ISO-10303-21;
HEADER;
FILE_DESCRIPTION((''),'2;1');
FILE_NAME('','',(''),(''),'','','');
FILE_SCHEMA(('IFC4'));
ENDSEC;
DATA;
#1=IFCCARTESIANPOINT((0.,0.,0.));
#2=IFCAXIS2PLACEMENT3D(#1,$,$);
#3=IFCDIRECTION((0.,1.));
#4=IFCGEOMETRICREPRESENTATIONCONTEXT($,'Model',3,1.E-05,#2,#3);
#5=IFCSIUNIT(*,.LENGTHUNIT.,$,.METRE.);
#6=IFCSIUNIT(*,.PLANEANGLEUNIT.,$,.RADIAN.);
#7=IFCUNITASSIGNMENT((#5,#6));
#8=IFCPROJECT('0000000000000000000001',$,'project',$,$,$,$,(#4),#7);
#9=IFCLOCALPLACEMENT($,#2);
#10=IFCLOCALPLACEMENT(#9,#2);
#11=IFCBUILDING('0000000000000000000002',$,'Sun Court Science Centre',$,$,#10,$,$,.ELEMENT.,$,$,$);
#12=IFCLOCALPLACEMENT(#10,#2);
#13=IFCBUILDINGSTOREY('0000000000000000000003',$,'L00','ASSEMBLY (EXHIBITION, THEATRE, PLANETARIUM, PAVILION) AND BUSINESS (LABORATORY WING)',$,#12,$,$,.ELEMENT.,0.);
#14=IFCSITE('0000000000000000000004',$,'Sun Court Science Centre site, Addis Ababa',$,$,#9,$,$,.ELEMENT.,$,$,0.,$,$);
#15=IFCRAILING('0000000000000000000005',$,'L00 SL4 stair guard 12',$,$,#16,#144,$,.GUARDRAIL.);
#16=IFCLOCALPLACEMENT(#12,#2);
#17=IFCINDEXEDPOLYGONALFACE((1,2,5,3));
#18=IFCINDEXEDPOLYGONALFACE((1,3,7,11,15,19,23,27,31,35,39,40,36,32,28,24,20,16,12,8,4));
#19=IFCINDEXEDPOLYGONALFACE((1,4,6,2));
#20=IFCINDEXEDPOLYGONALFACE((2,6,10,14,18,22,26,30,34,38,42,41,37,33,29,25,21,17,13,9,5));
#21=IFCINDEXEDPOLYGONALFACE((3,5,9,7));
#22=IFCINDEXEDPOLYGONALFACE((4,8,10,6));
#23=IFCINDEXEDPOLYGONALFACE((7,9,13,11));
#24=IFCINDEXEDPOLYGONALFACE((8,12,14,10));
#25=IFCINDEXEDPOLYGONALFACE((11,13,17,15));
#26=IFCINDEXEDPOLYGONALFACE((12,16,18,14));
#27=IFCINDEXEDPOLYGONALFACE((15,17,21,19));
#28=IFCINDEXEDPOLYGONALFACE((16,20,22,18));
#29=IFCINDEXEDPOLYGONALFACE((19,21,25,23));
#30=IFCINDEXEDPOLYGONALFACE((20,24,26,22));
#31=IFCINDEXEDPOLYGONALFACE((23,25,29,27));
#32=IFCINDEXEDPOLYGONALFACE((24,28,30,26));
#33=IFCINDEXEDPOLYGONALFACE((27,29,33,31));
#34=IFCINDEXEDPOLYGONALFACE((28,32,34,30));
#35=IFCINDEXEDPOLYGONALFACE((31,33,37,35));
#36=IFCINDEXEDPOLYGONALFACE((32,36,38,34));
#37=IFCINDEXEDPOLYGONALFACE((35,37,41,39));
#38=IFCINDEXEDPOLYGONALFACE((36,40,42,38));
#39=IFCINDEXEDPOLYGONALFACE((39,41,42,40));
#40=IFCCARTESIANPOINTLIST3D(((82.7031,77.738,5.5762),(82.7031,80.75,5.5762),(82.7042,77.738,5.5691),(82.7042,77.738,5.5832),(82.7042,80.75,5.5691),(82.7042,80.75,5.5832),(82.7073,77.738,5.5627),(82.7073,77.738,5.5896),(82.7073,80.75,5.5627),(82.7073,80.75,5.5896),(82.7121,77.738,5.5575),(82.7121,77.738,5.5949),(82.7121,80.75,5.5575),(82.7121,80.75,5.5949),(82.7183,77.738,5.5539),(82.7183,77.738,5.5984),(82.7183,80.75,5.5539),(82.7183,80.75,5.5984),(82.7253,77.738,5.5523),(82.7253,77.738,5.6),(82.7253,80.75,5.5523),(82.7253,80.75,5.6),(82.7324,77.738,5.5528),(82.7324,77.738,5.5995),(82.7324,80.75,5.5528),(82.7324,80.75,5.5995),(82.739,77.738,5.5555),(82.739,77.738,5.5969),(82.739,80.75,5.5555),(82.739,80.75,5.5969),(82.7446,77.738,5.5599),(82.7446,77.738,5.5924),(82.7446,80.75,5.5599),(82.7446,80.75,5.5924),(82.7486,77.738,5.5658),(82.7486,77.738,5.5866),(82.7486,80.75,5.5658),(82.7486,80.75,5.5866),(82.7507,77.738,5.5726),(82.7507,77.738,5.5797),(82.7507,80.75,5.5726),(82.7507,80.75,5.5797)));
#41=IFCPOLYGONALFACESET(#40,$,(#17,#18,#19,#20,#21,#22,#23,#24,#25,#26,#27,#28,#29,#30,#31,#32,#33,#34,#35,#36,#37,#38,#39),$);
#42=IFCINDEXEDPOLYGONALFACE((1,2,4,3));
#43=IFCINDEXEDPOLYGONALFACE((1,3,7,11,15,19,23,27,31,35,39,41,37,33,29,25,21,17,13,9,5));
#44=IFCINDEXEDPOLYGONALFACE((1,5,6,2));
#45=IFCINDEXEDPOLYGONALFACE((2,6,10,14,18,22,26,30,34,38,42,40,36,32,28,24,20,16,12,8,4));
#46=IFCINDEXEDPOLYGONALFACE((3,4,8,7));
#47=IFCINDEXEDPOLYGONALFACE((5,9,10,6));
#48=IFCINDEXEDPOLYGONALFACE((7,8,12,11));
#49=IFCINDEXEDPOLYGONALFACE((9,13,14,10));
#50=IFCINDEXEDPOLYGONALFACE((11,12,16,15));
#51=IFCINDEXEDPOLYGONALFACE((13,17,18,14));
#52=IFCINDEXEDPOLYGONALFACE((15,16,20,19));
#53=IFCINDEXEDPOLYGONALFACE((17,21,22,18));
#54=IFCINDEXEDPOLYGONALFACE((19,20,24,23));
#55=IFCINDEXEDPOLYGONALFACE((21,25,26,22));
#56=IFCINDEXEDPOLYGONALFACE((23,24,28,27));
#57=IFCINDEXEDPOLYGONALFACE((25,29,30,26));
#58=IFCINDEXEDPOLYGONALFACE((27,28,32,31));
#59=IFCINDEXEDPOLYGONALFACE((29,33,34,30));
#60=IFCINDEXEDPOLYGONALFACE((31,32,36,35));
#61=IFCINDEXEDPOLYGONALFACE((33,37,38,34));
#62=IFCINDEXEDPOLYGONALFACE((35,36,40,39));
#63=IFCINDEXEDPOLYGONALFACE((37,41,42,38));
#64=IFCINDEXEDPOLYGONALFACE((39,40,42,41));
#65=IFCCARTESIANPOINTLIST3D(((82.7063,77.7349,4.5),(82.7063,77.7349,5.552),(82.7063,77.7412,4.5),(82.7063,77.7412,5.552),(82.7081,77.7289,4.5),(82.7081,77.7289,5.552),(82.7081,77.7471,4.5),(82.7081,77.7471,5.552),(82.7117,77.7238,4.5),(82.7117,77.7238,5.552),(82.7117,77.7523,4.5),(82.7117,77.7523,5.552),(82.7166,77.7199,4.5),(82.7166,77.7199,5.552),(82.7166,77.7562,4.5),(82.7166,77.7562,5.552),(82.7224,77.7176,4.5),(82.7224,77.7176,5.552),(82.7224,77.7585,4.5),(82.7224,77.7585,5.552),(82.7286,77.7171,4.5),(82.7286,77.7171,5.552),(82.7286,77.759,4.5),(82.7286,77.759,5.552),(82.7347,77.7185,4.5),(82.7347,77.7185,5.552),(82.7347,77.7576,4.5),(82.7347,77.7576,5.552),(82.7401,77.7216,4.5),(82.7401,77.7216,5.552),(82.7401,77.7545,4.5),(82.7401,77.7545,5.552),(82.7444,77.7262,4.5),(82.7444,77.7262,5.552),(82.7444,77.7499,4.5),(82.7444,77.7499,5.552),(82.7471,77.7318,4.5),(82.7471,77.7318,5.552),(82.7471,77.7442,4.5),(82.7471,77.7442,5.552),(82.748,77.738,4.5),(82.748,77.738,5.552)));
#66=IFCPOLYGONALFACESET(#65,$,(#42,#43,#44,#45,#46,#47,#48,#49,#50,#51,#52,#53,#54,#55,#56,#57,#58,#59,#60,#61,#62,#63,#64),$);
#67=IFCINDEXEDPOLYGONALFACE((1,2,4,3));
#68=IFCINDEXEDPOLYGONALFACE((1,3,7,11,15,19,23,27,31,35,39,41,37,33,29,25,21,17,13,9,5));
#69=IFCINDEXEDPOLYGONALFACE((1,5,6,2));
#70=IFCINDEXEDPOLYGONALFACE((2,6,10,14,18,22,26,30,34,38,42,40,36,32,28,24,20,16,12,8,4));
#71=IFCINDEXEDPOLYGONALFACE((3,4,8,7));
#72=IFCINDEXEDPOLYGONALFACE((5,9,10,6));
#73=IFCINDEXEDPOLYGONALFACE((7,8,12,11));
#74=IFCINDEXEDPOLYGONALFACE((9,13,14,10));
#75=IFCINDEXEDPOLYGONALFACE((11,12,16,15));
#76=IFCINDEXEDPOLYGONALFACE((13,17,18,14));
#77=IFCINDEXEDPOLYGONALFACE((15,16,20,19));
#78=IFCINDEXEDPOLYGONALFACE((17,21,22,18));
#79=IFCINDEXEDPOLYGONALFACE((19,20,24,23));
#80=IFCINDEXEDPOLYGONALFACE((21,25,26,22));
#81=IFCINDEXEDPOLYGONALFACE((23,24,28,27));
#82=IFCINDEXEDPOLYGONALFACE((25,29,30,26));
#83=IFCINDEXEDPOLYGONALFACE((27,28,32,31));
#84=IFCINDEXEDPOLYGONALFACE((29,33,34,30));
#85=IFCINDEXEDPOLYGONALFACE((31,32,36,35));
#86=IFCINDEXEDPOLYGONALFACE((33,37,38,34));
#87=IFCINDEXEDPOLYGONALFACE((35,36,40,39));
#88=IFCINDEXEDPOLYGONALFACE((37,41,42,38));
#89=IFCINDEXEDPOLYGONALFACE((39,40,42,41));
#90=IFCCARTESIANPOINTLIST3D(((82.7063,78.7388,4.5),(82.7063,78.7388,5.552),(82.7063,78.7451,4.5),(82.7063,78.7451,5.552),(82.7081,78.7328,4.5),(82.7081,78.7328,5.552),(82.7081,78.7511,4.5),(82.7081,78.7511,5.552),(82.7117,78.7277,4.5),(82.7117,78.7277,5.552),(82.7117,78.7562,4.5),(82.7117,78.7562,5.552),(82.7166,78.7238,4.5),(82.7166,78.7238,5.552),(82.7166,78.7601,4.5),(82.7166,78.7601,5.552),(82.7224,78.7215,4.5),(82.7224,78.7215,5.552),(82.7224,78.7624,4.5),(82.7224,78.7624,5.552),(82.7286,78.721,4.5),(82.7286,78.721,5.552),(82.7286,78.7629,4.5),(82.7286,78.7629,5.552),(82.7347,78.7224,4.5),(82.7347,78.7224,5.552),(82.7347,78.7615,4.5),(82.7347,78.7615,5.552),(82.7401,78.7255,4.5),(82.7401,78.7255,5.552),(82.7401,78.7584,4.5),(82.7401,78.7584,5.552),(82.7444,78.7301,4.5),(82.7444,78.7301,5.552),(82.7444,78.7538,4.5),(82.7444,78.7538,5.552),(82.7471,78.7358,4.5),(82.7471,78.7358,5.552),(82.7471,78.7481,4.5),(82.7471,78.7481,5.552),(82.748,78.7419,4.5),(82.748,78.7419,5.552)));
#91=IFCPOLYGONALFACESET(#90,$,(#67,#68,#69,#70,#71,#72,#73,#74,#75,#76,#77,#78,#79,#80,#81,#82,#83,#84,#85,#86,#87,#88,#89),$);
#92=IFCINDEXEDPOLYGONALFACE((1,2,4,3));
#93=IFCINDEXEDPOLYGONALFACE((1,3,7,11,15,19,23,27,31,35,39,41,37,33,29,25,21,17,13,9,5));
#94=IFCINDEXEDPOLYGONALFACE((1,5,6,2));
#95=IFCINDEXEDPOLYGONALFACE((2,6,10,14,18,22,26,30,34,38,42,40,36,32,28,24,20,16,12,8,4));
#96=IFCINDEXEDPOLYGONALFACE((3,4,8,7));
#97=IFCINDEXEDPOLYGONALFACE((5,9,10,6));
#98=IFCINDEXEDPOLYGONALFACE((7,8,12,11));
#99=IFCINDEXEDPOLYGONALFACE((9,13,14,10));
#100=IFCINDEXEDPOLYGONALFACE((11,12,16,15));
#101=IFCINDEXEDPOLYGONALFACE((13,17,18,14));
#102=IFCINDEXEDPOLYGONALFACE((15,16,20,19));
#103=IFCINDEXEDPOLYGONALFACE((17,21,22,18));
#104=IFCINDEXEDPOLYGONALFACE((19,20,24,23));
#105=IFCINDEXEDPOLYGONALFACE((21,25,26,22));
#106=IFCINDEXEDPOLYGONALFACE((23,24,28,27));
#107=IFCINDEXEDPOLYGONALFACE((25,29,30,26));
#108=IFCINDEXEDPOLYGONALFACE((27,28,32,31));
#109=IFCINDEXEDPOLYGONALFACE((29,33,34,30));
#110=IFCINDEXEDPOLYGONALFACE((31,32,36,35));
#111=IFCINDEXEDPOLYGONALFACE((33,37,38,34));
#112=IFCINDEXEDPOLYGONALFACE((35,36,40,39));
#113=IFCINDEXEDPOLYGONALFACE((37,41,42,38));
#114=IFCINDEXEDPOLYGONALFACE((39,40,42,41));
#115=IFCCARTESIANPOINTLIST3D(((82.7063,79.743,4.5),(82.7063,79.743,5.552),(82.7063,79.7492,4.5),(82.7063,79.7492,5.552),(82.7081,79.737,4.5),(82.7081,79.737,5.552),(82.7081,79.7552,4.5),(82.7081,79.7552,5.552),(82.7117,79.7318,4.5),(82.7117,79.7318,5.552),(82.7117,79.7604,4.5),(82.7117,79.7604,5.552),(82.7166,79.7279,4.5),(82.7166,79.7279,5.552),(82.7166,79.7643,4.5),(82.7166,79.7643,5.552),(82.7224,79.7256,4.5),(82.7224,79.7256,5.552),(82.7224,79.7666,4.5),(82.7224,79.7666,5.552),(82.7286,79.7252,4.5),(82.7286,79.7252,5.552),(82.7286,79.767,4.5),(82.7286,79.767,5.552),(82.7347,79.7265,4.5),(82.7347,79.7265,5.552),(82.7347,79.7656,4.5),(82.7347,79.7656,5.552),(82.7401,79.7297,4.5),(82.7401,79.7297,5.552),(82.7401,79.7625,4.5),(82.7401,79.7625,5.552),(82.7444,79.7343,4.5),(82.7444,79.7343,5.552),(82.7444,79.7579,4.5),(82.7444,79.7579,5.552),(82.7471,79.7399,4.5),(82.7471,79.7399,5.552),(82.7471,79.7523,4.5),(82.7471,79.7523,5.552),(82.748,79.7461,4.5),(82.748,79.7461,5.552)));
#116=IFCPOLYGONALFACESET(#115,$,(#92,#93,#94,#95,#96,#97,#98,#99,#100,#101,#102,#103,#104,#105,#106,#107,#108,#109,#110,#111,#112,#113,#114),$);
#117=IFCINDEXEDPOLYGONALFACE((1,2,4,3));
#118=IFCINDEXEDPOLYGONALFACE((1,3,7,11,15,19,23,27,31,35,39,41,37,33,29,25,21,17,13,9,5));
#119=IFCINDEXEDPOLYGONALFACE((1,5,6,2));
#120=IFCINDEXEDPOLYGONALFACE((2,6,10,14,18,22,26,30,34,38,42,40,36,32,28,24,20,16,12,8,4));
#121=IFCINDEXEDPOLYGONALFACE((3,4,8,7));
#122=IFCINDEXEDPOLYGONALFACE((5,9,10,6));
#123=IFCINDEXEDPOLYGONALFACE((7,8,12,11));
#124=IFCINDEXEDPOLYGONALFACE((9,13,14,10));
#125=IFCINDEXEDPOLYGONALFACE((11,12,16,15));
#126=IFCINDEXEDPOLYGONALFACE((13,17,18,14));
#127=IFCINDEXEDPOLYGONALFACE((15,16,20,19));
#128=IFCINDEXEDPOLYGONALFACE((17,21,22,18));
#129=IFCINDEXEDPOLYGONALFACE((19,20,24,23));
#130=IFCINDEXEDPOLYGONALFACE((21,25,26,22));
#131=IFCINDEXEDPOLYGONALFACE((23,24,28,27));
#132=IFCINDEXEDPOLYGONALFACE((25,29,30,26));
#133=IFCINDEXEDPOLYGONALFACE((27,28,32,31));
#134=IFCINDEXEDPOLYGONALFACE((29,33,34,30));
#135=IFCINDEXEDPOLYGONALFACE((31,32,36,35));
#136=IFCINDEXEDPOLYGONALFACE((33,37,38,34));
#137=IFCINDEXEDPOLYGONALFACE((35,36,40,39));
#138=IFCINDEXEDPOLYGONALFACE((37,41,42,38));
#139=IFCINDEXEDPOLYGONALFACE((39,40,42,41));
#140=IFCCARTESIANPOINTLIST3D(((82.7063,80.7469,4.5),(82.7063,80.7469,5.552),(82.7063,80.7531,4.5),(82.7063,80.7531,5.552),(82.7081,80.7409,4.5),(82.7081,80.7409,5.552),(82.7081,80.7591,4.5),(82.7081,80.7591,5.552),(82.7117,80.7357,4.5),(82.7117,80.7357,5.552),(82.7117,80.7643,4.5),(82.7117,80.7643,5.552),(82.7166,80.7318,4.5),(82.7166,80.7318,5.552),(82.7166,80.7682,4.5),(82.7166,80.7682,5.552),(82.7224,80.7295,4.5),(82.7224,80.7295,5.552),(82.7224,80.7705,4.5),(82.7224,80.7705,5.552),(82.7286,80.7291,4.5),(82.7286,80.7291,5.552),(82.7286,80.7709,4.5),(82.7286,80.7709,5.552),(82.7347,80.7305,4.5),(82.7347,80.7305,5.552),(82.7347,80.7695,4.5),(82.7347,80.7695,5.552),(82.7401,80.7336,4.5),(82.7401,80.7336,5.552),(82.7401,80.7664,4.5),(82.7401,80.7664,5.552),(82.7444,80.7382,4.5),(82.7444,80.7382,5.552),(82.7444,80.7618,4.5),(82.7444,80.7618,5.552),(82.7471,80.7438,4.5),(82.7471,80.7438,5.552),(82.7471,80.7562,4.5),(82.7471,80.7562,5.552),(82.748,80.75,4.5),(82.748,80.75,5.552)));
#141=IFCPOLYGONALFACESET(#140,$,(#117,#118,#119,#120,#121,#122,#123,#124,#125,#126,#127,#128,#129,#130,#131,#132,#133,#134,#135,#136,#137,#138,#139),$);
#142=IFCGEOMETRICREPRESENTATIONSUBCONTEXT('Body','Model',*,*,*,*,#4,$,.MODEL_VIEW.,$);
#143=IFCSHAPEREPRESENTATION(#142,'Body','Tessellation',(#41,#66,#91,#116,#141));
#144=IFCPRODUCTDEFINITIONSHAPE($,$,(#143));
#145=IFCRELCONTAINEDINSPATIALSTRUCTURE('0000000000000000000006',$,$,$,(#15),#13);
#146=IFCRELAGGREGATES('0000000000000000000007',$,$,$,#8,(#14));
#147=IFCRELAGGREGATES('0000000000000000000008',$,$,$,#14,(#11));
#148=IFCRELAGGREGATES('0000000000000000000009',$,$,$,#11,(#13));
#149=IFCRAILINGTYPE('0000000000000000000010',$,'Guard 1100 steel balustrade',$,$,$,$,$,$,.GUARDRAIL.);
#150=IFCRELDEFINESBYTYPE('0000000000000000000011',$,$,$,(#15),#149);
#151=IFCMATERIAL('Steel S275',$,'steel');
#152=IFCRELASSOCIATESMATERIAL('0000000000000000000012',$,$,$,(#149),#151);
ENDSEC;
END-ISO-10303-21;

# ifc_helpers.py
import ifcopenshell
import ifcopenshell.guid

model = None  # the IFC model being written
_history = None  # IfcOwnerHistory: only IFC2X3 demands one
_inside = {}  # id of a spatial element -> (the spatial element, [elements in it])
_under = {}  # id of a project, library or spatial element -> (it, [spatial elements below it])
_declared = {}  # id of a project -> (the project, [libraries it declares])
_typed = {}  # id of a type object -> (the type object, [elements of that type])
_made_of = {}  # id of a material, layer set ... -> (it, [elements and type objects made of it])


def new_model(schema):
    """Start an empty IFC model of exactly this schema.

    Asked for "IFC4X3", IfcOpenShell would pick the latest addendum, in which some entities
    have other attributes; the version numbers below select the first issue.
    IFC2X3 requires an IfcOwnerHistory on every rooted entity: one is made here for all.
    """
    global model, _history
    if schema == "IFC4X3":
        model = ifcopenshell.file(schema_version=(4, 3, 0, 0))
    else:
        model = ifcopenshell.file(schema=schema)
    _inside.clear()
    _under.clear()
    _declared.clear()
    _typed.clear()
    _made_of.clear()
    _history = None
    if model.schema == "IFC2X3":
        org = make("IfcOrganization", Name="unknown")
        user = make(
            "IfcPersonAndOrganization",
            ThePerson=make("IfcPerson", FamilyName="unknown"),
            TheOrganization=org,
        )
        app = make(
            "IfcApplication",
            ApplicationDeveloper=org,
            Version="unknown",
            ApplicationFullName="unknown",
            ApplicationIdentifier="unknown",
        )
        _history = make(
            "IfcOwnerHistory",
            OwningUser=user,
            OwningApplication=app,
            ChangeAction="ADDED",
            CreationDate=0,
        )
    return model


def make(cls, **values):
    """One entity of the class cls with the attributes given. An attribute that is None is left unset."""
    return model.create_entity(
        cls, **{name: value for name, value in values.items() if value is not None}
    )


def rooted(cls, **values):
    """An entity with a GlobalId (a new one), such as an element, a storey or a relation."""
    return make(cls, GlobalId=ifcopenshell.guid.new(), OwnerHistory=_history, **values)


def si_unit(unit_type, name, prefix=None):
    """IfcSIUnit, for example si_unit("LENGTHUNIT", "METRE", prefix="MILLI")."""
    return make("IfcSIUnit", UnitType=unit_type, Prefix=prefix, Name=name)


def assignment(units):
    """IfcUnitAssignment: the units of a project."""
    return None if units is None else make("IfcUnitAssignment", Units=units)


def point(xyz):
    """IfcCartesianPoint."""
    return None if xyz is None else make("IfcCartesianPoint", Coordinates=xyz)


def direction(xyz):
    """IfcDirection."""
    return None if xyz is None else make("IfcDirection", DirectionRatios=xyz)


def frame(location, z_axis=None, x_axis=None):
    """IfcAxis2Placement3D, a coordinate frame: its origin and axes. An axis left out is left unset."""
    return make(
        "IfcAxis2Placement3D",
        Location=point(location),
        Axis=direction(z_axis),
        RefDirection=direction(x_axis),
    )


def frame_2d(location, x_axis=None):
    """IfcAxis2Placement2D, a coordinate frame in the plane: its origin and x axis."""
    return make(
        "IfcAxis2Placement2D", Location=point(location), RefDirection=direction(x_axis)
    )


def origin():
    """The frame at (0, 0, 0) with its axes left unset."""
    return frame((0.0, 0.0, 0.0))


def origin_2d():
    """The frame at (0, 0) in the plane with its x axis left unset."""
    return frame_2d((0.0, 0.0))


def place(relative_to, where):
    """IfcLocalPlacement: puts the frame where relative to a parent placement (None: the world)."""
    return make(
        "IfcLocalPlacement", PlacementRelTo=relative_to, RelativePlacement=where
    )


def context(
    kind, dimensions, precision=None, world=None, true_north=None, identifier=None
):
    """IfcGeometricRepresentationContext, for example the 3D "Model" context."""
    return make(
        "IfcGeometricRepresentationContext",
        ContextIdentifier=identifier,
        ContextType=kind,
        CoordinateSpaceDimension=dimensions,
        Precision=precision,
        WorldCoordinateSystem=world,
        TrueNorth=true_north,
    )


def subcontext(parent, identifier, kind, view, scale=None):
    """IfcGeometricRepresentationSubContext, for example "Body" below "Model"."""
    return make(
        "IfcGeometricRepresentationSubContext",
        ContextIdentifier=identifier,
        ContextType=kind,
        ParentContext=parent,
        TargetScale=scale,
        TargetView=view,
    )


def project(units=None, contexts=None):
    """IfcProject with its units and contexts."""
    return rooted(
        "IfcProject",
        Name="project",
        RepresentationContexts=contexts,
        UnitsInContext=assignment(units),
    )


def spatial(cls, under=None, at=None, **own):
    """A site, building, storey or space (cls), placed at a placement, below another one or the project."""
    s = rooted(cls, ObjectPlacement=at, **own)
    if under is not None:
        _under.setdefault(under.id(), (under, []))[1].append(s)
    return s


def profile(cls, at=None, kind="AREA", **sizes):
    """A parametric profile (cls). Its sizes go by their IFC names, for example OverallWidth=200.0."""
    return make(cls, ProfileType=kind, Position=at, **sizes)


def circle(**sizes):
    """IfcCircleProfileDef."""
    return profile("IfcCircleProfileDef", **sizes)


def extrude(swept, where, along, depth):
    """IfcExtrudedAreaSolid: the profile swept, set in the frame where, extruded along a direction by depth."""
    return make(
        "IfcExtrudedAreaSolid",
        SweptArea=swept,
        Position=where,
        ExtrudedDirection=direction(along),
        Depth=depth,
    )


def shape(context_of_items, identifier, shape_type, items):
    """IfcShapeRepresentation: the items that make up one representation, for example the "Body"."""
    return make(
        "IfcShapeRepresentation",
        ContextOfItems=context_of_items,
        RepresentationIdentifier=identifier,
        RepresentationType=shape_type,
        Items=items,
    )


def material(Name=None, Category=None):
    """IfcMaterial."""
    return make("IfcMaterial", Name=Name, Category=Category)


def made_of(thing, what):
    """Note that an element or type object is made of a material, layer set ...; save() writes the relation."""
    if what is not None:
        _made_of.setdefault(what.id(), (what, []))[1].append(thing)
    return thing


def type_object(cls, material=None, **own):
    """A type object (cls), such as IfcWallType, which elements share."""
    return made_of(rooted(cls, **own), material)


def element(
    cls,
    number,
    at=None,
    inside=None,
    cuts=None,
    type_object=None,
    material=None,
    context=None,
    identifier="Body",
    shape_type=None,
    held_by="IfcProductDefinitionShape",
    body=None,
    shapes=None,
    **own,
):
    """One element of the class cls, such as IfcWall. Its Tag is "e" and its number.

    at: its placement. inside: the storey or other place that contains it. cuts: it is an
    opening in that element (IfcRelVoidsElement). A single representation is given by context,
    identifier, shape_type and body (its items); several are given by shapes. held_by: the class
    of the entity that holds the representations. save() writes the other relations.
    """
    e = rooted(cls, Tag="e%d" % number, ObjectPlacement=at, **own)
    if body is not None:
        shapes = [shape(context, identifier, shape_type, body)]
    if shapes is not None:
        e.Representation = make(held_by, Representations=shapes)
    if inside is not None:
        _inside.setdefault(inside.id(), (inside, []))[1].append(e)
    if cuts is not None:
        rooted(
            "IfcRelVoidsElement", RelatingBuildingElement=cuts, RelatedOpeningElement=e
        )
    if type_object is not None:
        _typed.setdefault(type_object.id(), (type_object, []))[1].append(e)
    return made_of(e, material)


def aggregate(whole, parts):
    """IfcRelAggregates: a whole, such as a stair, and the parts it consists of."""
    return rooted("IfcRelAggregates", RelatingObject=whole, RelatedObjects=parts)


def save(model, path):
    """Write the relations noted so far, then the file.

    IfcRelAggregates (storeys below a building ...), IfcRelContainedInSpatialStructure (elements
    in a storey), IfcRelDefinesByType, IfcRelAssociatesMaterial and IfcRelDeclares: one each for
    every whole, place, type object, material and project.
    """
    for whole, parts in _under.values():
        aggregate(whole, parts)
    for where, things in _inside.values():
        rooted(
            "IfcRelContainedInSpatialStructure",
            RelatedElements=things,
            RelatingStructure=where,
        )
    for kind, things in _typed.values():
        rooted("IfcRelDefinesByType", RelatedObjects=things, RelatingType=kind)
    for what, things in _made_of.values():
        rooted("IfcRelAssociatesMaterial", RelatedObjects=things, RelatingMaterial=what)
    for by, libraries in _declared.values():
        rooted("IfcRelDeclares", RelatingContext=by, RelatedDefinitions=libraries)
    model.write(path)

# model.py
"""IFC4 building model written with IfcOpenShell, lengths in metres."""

from ifc_helpers import new_model, si_unit, direction, frame, origin, origin_2d, place, context, subcontext, project, spatial, circle, extrude, material, type_object, element, save


model = new_model("IFC4")

# Units and contexts
model_context = context("Model", 3, precision=1e-05, world=origin(), true_north=direction((0.0, 1.0)))
body_context = subcontext(model_context, "Body", "Model", "MODEL_VIEW")
ifc_project = project(units=[si_unit("LENGTHUNIT", "METRE"), si_unit("PLANEANGLEUNIT", "RADIAN")], contexts=[model_context])

# Site, building, storey
site_placement = place(None, origin())
site = spatial("IfcSite", under=ifc_project, at=site_placement, Name="Sun Court Science Centre site, Addis Ababa", CompositionType="ELEMENT", RefElevation=0.0)
building_placement = place(site_placement, origin())
building = spatial("IfcBuilding", under=site, at=building_placement, Name="Sun Court Science Centre", CompositionType="ELEMENT")
storey_placement = place(building_placement, origin())
storey = spatial("IfcBuildingStorey", under=building, at=storey_placement, Name="L00", Description="ASSEMBLY (EXHIBITION, THEATRE, PLANETARIUM, PAVILION) AND BUSINESS (LABORATORY WING)", CompositionType="ELEMENT", Elevation=0.0)

# Railing
ifc_material_1 = material(Name="Steel S275", Category="steel")
railing_type_1 = type_object("IfcRailingType", Name="Guard 1100 steel balustrade", PredefinedType="GUARDRAIL", material=ifc_material_1)
railing_1_placement = place(storey_placement, frame((82.7271, 77.738, 4.5)))
element("IfcRailing", 1, at=railing_1_placement, inside=storey, type_object=railing_type_1, Name="L00 SL4 stair guard 12", PredefinedType="GUARDRAIL", context=body_context, shape_type="SweptSolid", body=[
    extrude(circle(Radius=0.0239, at=origin_2d()), frame((0.0, 0.0, 1.0762), z_axis=(0.0, 1.0, 0.0), x_axis=(-1.0, 0.0, 0.0)), (0.0, 0.0, 1.0), 3.012),
    extrude(circle(Radius=0.021, at=origin_2d()), origin(), (0.0, 0.0, 1.0), 1.052),
    extrude(circle(Radius=0.021, at=origin_2d()), frame((0.0, 1.0039, 0.0)), (0.0, 0.0, 1.0), 1.052),
    extrude(circle(Radius=0.021, at=origin_2d()), frame((0.0, 2.0081, 0.0)), (0.0, 0.0, 1.0), 1.052),
    extrude(circle(Radius=0.021, at=origin_2d()), frame((0.0, 3.012, 0.0)), (0.0, 0.0, 1.0), 1.052),
])

save(model, "model.ifc")
